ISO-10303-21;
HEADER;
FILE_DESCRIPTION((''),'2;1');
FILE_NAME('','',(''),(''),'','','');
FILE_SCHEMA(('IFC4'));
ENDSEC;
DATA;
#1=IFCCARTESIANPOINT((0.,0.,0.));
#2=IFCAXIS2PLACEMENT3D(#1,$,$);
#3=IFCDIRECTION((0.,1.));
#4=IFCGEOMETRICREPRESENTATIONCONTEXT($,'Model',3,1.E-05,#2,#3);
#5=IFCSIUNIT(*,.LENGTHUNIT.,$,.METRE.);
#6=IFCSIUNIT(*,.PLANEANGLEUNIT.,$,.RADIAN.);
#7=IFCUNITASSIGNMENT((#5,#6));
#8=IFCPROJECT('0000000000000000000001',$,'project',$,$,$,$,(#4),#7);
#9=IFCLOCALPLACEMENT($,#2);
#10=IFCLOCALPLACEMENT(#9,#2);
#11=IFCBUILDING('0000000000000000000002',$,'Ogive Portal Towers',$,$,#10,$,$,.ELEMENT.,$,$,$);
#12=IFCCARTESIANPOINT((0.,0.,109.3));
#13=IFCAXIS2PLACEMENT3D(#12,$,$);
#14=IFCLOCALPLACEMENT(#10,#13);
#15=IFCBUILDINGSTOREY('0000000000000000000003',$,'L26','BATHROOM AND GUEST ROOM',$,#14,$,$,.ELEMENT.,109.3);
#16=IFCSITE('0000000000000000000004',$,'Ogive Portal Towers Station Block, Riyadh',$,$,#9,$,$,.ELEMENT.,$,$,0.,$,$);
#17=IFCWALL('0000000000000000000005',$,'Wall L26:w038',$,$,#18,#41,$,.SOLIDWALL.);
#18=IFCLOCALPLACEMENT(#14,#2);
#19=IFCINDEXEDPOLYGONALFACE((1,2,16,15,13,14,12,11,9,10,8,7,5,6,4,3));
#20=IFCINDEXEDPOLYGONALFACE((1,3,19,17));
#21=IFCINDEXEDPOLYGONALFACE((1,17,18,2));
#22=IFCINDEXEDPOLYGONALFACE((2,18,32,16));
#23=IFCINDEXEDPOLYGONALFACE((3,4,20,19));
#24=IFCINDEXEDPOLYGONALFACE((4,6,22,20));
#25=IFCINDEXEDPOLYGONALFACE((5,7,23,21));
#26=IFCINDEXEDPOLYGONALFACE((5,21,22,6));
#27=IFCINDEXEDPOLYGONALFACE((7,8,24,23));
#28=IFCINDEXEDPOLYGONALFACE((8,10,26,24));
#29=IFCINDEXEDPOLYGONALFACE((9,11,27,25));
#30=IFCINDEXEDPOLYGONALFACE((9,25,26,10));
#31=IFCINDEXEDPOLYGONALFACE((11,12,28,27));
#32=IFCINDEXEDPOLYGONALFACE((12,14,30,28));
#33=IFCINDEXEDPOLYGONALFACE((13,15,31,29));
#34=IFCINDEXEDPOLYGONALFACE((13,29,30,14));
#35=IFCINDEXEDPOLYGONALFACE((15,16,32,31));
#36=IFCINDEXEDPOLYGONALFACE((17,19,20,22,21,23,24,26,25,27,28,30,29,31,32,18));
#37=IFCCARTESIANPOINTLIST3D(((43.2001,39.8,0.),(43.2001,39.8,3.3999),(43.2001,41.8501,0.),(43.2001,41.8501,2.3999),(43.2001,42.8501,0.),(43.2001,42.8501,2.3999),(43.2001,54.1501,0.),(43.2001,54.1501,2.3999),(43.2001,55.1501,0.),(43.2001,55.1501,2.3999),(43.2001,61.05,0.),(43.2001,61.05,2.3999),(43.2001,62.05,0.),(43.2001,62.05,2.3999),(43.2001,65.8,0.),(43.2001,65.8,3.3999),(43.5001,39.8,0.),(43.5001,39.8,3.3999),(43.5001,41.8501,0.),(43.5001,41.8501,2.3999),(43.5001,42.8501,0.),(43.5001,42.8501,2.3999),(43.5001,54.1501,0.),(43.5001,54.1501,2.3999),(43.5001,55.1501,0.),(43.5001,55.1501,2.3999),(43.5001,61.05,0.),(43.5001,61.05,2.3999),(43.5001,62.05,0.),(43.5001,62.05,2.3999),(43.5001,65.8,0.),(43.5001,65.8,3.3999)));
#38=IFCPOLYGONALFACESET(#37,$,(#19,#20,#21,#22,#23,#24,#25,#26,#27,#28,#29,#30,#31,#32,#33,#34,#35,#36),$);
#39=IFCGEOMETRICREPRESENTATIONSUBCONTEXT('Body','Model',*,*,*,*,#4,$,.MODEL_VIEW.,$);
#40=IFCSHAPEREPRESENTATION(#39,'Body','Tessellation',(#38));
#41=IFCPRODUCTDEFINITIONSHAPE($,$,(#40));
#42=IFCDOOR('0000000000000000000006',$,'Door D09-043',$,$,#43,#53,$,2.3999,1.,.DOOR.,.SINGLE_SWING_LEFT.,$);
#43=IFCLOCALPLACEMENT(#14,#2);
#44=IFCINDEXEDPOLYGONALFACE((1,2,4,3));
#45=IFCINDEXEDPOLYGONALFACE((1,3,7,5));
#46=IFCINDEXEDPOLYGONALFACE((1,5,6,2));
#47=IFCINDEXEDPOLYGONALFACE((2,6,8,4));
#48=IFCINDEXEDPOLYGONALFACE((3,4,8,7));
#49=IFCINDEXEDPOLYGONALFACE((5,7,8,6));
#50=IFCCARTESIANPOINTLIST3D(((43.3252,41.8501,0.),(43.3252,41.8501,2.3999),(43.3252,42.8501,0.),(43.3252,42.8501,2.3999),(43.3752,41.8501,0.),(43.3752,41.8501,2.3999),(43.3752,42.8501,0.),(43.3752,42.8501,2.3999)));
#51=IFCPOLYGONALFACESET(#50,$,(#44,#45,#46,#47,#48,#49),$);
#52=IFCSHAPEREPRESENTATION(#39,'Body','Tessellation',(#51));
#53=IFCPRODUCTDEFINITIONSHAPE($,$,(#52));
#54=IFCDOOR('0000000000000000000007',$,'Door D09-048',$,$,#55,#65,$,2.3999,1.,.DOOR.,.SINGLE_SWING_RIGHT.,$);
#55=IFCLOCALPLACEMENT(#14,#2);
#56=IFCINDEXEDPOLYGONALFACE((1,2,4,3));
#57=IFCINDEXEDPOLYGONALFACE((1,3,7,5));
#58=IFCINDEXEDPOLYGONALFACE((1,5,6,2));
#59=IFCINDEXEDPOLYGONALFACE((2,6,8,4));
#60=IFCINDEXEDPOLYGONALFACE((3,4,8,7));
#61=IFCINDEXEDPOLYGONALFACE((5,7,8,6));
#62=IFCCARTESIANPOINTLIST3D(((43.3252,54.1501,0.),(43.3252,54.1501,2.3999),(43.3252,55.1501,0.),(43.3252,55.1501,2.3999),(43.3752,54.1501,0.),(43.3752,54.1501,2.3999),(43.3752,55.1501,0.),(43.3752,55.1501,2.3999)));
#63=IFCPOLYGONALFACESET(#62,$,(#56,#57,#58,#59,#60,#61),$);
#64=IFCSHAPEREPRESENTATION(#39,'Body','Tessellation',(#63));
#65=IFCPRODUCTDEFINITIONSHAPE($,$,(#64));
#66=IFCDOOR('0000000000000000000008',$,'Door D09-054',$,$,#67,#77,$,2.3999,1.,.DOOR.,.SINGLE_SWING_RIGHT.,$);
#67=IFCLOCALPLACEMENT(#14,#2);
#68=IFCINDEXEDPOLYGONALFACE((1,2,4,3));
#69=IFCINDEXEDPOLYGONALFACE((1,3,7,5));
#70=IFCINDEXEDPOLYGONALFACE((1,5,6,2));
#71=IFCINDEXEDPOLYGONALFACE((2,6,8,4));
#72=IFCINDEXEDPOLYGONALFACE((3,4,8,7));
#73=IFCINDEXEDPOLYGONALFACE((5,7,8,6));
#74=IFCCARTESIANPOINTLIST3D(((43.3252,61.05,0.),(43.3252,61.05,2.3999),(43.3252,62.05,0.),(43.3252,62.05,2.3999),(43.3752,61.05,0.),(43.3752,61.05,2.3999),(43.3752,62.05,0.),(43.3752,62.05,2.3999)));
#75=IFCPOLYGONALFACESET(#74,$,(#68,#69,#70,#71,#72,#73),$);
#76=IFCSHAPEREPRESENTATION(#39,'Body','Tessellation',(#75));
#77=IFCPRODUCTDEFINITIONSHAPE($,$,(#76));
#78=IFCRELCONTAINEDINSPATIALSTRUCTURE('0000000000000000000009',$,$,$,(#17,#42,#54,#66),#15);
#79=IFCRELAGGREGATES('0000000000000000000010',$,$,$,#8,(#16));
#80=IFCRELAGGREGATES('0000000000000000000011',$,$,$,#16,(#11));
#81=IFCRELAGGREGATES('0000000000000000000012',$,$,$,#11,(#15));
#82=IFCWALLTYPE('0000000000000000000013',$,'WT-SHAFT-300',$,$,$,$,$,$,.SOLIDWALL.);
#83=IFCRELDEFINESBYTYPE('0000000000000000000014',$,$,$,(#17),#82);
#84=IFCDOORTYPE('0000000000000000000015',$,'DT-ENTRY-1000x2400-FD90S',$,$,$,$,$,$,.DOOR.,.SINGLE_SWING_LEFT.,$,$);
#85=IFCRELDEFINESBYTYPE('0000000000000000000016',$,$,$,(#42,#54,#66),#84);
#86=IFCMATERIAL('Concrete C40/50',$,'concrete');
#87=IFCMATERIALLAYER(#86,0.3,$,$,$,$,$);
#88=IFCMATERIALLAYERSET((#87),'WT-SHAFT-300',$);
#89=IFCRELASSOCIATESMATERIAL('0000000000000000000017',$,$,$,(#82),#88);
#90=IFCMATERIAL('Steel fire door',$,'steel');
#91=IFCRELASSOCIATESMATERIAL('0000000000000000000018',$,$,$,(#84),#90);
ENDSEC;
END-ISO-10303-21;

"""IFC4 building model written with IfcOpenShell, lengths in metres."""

from ifc_helpers import new_model, si_unit, direction, frame, frame_2d, origin, place, context, subcontext, project, spatial, rectangle, extrude, material, layer, layer_set, type_object, element, fill, save


model = new_model("IFC4")

# Units and contexts
model_context = context("Model", 3, precision=1e-05, world=origin(), true_north=direction((0.0, 1.0)))
body_context = subcontext(model_context, "Body", "Model", "MODEL_VIEW")
ifc_project = project(units=[si_unit("LENGTHUNIT", "METRE"), si_unit("PLANEANGLEUNIT", "RADIAN")], contexts=[model_context])

# Site, building, storey
site_placement = place(None, origin())
site = spatial("IfcSite", under=ifc_project, at=site_placement, Name="Ogive Portal Towers Station Block, Riyadh", CompositionType="ELEMENT", RefElevation=0.0)
building_placement = place(site_placement, origin())
building = spatial("IfcBuilding", under=site, at=building_placement, Name="Ogive Portal Towers", CompositionType="ELEMENT")
storey_placement = place(building_placement, frame((0.0, 0.0, 109.3)))
storey = spatial("IfcBuildingStorey", under=building, at=storey_placement, Name="L26", Description="BATHROOM AND GUEST ROOM", CompositionType="ELEMENT", Elevation=109.3)

# Shared definitions
ifc_material_1 = material(Name="Steel fire door", Category="steel")

# Wall, openings, doors
ifc_material_2 = material(Name="Concrete C40/50", Category="concrete")
ifc_layer_1 = layer(ifc_material_2, 0.3)
ifc_layer_set_1 = layer_set([ifc_layer_1], Name="WT-SHAFT-300")
wall_type_1 = type_object("IfcWallType", Name="WT-SHAFT-300", PredefinedType="SOLIDWALL", material=ifc_layer_set_1)
wall_1_placement = place(storey_placement, frame((43.3501, 39.8, 0.0), z_axis=(0.0, 0.0, 1.0), x_axis=(0.0, 1.0, 0.0)))
wall_1 = element("IfcWall", 1, at=wall_1_placement, inside=storey, type_object=wall_type_1, Name="Wall L26:w038", PredefinedType="SOLIDWALL", context=body_context, shape_type="SweptSolid", body=[
    extrude(rectangle(XDim=26.0, YDim=0.3, at=frame_2d((13.0, 0.0))), origin(), (0.0, 0.0, 1.0), 3.3999),
])
opening_1_placement = place(wall_1_placement, frame((2.05, 0.0, 0.0)))
opening_1 = element("IfcOpeningElement", 2, at=opening_1_placement, cuts=wall_1, PredefinedType="OPENING", context=body_context, shape_type="SweptSolid", body=[
    extrude(rectangle(XDim=1.0, YDim=2.3999, at=frame_2d((0.5, 1.2))), frame((0.0, 0.1602, 0.0), z_axis=(0.0, -1.0, 0.0), x_axis=(1.0, 0.0, 0.0)), (0.0, 0.0, 1.0), 0.3201),
])
opening_2_placement = place(wall_1_placement, frame((14.3501, 0.0, 0.0)))
opening_2 = element("IfcOpeningElement", 3, at=opening_2_placement, cuts=wall_1, PredefinedType="OPENING", context=body_context, shape_type="SweptSolid", body=[
    extrude(rectangle(XDim=1.0, YDim=2.3999, at=frame_2d((0.5, 1.2))), frame((0.0, 0.1602, 0.0), z_axis=(0.0, -1.0, 0.0), x_axis=(1.0, 0.0, 0.0)), (0.0, 0.0, 1.0), 0.3201),
])
opening_3_placement = place(wall_1_placement, frame((21.25, 0.0, 0.0)))
opening_3 = element("IfcOpeningElement", 4, at=opening_3_placement, cuts=wall_1, PredefinedType="OPENING", context=body_context, shape_type="SweptSolid", body=[
    extrude(rectangle(XDim=1.0, YDim=2.3999, at=frame_2d((0.5, 1.2))), frame((0.0, 0.1602, 0.0), z_axis=(0.0, -1.0, 0.0), x_axis=(1.0, 0.0, 0.0)), (0.0, 0.0, 1.0), 0.3201),
])
door_type_1 = type_object("IfcDoorType", Name="DT-ENTRY-1000x2400-FD90S", OperationType="SINGLE_SWING_LEFT", PredefinedType="DOOR", material=ifc_material_1)
door_1_placement = place(opening_1_placement, origin())
door_1 = element("IfcDoor", 5, at=door_1_placement, inside=storey, type_object=door_type_1, Name="Door D09-043", OperationType="SINGLE_SWING_LEFT", OverallHeight=2.3999, OverallWidth=1.0, PredefinedType="DOOR", context=body_context, shape_type="SweptSolid", body=[
    extrude(rectangle(XDim=1.0, YDim=2.3999, at=frame_2d((0.5, 1.2))), frame((0.0, 0.0249, 0.0), z_axis=(0.0, -1.0, 0.0), x_axis=(1.0, 0.0, 0.0)), (0.0, 0.0, 1.0), 0.05),
])
fill(opening_1, door_1)
door_2_placement = place(opening_2_placement, origin())
door_2 = element("IfcDoor", 6, at=door_2_placement, inside=storey, type_object=door_type_1, Name="Door D09-048", OperationType="SINGLE_SWING_RIGHT", OverallHeight=2.3999, OverallWidth=1.0, PredefinedType="DOOR", context=body_context, shape_type="SweptSolid", body=[
    extrude(rectangle(XDim=1.0, YDim=2.3999, at=frame_2d((0.5, 1.2))), frame((0.0, 0.0249, 0.0), z_axis=(0.0, -1.0, 0.0), x_axis=(1.0, 0.0, 0.0)), (0.0, 0.0, 1.0), 0.05),
])
fill(opening_2, door_2)
door_3_placement = place(opening_3_placement, origin())
door_3 = element("IfcDoor", 7, at=door_3_placement, inside=storey, type_object=door_type_1, Name="Door D09-054", OperationType="SINGLE_SWING_RIGHT", OverallHeight=2.3999, OverallWidth=1.0, PredefinedType="DOOR", context=body_context, shape_type="SweptSolid", body=[
    extrude(rectangle(XDim=1.0, YDim=2.3999, at=frame_2d((0.5, 1.2))), frame((0.0, 0.0249, 0.0), z_axis=(0.0, -1.0, 0.0), x_axis=(1.0, 0.0, 0.0)), (0.0, 0.0, 1.0), 0.05),
])
fill(opening_3, door_3)

save(model, "model.ifc")
